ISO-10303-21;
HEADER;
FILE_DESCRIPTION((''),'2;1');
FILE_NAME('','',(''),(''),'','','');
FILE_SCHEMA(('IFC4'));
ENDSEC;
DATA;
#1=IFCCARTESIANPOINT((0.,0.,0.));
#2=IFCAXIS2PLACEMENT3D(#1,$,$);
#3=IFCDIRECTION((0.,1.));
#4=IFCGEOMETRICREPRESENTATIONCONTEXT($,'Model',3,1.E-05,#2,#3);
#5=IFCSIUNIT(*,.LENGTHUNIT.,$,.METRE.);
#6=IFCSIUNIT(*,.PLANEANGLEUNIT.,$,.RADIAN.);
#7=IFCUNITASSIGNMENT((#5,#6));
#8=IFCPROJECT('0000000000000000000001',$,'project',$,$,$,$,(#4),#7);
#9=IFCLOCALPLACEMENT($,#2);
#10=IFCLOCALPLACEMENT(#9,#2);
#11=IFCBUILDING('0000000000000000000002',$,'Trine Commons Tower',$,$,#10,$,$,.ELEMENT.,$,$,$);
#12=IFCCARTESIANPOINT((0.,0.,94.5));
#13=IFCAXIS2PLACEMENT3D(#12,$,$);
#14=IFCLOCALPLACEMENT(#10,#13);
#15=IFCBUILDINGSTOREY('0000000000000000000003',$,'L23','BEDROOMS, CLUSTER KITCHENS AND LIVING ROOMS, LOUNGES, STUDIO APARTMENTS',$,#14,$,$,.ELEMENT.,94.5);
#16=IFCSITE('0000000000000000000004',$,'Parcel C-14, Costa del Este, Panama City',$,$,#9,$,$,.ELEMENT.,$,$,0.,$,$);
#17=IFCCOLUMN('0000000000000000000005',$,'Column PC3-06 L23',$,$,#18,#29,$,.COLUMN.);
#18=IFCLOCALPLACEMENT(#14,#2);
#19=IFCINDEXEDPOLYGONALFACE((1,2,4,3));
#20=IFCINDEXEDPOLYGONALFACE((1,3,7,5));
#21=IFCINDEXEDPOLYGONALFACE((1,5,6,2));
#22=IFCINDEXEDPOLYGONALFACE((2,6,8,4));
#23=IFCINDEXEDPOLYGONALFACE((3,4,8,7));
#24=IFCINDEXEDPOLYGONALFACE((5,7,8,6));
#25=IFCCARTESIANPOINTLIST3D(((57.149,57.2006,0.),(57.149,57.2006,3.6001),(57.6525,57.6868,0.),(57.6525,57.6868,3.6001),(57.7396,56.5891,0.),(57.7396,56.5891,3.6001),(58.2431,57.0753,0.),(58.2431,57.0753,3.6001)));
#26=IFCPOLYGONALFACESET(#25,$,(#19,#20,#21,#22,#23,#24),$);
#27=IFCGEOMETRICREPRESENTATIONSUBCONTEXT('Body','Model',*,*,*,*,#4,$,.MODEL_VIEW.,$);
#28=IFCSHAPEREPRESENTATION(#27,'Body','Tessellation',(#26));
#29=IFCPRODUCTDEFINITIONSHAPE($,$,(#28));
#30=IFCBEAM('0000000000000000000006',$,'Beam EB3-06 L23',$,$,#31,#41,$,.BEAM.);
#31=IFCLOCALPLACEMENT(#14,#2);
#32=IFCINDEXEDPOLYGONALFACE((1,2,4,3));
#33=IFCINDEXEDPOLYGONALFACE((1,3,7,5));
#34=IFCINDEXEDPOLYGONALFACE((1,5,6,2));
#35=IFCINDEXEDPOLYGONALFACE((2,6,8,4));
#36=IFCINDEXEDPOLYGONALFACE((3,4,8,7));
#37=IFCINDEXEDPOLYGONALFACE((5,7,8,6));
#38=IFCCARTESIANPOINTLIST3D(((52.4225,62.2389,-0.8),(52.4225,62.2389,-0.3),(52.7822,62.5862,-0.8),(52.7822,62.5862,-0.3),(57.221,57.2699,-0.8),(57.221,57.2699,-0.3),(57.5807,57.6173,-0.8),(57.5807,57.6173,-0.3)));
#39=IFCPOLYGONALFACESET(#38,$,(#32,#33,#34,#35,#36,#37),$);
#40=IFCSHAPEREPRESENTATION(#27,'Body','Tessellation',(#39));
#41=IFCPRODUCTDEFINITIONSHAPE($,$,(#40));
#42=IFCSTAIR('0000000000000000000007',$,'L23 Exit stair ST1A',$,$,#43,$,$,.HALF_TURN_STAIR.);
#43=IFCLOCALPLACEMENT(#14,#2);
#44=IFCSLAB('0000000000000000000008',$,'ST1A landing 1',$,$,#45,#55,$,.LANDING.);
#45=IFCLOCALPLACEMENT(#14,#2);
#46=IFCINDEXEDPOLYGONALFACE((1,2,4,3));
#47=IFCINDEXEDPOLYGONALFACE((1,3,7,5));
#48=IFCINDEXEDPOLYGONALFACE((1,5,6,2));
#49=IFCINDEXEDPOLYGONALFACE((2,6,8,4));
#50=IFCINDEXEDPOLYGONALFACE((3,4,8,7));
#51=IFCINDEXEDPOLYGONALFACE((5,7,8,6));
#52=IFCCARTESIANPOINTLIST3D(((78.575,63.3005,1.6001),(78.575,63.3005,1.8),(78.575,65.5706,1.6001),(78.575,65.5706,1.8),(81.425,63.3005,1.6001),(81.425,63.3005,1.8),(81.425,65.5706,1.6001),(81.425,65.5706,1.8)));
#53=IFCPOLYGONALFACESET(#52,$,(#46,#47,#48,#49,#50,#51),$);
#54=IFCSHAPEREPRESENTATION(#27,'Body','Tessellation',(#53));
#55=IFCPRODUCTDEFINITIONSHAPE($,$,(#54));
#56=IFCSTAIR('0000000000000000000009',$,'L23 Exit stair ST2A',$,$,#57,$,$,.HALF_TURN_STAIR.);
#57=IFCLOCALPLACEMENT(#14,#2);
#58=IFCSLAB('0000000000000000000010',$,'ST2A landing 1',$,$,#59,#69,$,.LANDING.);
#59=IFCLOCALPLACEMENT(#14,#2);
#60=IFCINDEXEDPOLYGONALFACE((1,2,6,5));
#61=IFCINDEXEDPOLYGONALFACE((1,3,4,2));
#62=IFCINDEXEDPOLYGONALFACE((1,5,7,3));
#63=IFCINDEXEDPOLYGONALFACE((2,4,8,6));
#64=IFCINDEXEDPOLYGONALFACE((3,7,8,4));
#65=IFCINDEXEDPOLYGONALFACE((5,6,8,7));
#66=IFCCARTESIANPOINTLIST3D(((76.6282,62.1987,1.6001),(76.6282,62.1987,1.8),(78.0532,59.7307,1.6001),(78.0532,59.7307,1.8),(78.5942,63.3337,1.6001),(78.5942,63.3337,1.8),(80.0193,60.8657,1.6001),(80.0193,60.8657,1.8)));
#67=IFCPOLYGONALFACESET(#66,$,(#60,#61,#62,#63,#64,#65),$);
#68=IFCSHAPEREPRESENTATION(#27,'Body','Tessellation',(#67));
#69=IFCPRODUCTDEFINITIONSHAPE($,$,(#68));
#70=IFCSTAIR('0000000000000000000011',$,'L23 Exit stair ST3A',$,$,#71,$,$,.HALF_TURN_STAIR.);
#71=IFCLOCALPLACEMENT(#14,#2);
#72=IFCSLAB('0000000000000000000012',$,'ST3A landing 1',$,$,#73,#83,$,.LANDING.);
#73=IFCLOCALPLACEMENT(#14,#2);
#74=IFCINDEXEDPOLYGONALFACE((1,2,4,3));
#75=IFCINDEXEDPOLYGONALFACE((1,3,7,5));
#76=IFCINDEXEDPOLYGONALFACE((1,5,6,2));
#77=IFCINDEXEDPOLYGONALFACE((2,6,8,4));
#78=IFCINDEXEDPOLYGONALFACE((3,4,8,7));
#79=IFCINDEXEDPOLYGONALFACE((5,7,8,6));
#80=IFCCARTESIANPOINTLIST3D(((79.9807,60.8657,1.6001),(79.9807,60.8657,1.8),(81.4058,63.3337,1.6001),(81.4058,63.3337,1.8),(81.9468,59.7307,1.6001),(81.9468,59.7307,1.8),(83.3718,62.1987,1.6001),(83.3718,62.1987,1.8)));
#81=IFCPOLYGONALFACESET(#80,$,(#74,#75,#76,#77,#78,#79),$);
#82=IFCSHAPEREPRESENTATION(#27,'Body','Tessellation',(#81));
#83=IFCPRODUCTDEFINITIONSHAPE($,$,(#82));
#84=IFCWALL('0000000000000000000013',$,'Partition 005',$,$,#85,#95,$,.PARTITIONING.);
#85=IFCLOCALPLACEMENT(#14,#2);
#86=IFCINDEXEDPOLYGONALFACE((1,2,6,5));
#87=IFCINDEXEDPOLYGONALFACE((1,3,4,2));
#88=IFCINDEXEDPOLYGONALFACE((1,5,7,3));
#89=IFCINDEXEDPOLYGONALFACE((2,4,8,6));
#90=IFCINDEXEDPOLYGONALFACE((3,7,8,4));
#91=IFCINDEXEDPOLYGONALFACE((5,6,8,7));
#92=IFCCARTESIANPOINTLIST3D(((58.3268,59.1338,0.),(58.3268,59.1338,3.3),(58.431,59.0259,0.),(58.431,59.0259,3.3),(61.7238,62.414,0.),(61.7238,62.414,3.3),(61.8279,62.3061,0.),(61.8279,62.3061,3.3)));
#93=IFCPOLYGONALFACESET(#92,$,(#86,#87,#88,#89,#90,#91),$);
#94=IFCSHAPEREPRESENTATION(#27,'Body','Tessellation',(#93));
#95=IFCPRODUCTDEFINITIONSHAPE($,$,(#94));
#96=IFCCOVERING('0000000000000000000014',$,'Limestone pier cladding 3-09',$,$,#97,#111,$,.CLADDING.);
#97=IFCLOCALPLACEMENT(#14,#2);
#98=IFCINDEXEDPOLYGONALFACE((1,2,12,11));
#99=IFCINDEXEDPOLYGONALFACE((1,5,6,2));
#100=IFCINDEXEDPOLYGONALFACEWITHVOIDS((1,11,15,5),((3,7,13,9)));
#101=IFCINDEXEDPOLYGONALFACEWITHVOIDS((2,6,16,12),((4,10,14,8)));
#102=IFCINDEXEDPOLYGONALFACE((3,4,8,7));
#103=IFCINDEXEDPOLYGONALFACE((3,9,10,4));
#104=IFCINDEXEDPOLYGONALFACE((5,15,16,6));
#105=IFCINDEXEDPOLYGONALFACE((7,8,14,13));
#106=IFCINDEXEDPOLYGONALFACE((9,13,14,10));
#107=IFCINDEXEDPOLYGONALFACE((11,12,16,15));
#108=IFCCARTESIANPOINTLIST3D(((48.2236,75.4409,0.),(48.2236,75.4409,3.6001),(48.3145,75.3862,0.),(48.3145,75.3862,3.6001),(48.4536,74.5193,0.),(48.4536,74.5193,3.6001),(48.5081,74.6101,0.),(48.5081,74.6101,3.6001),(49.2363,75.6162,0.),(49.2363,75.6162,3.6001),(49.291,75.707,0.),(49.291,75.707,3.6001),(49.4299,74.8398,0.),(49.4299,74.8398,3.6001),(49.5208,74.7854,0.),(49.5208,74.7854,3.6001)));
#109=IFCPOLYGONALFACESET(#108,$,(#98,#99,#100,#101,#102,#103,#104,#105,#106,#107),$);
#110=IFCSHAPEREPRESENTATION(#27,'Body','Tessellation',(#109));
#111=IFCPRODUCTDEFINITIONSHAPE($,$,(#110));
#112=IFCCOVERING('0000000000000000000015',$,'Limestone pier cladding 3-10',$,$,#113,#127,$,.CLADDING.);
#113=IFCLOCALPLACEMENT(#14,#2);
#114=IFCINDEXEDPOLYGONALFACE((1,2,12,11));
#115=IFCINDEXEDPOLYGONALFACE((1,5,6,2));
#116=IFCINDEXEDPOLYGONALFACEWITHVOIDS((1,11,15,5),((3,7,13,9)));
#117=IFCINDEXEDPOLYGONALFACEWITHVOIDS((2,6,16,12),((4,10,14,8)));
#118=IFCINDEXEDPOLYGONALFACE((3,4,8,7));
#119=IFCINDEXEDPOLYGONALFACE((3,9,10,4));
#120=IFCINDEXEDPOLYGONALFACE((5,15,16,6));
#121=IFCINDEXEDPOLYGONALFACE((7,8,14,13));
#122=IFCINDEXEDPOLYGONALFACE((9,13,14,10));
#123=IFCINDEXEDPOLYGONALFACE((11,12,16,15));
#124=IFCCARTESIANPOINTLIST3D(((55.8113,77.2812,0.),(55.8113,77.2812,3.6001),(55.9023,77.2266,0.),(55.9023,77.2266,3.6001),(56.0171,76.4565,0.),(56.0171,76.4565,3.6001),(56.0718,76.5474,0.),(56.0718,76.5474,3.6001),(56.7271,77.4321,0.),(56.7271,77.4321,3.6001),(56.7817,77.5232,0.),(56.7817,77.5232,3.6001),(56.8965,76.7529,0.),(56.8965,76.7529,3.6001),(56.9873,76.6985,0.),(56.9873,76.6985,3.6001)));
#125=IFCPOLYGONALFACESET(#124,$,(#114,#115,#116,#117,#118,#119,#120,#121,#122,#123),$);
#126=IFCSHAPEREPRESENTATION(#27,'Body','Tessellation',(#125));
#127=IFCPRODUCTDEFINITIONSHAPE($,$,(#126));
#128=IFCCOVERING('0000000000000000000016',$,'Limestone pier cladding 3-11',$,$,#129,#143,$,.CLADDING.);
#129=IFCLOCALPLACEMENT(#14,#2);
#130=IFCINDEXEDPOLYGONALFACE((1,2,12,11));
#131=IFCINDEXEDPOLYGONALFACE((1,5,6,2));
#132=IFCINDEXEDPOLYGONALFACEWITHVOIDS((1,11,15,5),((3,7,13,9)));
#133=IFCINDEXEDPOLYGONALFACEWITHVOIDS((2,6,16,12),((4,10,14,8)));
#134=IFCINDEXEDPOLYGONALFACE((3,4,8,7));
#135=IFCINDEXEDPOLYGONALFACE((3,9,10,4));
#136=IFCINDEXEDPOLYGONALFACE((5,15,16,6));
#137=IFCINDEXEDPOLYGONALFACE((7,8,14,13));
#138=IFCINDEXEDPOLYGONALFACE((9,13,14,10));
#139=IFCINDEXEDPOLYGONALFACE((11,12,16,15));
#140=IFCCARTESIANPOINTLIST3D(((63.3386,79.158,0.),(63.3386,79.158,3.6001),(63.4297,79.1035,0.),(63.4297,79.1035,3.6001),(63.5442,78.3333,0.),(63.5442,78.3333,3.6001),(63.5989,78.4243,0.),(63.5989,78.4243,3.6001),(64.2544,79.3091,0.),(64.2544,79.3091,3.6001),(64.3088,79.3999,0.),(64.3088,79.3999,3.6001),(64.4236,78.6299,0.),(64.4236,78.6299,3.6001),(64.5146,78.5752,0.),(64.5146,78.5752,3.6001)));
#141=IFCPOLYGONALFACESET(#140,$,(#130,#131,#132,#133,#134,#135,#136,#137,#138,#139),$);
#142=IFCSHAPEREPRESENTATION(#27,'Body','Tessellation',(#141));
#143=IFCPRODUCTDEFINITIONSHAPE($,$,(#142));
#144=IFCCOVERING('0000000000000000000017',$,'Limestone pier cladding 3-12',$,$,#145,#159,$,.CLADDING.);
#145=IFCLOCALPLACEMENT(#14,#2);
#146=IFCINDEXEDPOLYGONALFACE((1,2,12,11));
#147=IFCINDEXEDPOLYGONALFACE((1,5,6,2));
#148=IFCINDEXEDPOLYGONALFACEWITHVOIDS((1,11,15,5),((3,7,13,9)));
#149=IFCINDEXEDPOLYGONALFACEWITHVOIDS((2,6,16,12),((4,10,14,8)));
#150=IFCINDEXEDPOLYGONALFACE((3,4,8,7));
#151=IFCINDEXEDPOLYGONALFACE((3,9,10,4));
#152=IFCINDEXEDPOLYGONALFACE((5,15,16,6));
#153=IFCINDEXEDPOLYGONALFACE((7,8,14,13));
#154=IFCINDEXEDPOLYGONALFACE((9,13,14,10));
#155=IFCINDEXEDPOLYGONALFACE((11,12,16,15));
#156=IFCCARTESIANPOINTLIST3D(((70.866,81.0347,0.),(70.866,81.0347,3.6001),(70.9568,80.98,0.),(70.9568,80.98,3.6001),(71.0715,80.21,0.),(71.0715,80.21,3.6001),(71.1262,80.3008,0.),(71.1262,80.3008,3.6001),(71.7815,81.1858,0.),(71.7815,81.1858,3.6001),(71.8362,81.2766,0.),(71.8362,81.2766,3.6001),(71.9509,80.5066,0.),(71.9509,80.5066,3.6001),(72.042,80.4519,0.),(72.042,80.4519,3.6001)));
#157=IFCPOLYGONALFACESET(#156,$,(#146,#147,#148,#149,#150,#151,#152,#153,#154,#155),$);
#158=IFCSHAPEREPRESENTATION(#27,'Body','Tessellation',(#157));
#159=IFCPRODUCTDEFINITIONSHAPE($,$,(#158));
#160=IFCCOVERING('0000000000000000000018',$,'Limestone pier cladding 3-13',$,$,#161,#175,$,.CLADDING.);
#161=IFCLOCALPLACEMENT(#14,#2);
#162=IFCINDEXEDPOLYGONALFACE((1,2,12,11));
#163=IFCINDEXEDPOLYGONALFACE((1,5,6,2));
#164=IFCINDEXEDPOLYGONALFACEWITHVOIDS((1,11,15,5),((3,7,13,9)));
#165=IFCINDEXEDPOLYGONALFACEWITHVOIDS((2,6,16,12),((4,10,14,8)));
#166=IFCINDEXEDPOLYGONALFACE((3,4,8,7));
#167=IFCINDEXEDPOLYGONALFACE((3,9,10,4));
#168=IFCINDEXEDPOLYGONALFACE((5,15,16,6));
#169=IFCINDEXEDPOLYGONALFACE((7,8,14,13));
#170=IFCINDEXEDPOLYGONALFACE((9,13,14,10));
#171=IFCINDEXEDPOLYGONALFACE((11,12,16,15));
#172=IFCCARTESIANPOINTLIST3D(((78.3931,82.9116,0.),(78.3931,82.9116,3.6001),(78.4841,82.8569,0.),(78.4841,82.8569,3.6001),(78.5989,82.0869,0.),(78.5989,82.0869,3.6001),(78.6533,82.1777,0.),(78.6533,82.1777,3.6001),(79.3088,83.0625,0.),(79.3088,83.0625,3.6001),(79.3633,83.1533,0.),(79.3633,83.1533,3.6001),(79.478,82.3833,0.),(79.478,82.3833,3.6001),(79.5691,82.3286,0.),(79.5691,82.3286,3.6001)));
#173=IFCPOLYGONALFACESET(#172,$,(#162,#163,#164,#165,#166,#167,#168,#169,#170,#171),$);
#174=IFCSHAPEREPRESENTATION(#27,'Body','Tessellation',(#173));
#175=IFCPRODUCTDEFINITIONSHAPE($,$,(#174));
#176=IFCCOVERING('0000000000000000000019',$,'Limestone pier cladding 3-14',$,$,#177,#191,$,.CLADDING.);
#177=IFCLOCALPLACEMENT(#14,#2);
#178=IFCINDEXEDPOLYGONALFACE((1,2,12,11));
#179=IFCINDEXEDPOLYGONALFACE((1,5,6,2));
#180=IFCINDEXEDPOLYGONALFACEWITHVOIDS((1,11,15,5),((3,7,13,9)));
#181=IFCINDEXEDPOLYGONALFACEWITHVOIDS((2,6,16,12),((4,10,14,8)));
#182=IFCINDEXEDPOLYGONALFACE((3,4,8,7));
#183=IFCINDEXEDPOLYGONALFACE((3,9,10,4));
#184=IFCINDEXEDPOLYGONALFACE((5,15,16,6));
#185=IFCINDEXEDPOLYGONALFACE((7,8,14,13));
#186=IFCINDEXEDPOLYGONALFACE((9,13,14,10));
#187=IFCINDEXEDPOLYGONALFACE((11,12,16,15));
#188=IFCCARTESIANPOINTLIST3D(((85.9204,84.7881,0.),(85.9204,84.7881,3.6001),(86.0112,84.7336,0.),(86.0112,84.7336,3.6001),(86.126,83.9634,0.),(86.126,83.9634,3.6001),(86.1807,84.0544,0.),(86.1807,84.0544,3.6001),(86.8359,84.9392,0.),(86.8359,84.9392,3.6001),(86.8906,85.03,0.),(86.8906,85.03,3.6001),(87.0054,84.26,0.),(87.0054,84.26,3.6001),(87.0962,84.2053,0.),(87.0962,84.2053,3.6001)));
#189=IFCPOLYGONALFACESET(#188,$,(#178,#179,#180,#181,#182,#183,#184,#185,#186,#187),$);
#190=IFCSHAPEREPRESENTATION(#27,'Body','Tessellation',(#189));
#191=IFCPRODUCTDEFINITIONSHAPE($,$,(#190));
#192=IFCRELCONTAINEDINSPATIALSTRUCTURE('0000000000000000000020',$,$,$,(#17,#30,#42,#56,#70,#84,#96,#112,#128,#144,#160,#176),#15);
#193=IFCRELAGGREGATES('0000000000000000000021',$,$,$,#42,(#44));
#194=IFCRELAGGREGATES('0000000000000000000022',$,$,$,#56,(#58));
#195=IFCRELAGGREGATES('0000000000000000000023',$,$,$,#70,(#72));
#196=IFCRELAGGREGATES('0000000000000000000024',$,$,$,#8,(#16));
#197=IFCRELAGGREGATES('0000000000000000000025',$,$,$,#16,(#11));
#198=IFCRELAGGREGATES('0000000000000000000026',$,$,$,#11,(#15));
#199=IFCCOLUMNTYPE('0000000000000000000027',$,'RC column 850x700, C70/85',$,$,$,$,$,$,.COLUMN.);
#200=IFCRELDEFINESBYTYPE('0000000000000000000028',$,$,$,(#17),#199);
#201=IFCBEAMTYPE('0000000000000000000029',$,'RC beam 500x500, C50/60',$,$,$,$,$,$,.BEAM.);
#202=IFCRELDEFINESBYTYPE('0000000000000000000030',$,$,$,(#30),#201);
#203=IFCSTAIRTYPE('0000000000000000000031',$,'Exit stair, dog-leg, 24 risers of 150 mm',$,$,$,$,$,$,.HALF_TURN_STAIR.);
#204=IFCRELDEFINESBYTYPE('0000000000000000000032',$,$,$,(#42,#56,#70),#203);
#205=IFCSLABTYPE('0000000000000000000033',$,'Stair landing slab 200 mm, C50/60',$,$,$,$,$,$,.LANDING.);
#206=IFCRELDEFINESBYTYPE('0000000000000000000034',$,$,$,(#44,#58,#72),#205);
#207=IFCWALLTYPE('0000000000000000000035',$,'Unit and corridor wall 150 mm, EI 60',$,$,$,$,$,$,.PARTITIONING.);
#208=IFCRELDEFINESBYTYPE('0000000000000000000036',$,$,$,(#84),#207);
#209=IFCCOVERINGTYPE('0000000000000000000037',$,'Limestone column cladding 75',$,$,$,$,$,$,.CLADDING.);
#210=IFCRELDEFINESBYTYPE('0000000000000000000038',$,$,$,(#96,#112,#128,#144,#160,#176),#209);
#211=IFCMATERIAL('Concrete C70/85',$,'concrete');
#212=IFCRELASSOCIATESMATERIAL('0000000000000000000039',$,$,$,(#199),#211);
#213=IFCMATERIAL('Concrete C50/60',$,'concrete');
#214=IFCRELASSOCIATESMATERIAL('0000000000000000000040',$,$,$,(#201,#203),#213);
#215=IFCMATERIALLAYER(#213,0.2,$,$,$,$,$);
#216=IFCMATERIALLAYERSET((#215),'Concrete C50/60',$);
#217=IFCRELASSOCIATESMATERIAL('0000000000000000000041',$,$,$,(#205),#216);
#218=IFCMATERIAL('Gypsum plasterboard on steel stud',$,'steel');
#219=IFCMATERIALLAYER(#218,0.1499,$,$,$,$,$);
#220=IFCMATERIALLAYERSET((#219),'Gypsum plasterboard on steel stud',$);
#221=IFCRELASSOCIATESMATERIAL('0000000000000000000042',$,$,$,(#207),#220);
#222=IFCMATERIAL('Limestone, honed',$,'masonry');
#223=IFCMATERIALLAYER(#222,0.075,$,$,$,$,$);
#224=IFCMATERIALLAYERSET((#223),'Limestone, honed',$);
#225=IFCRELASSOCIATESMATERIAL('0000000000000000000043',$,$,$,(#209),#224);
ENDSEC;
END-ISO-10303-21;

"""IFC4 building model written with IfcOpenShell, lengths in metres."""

from ifc_helpers import new_model, si_unit, direction, frame, frame_2d, origin, origin_2d, place, context, subcontext, project, spatial, polyline, rectangle, outline, extrude, material, layer, layer_set, material_profile, profile_set, type_object, element, aggregate, save


model = new_model("IFC4")

# Units and contexts
model_context = context("Model", 3, precision=1e-05, world=origin(), true_north=direction((0.0, 1.0)))
body_context = subcontext(model_context, "Body", "Model", "MODEL_VIEW")
ifc_project = project(units=[si_unit("LENGTHUNIT", "METRE"), si_unit("PLANEANGLEUNIT", "RADIAN")], contexts=[model_context])

# Site, building, storey
site_placement = place(None, origin())
site = spatial("IfcSite", under=ifc_project, at=site_placement, Name="Parcel C-14, Costa del Este, Panama City", CompositionType="ELEMENT", RefElevation=0.0)
building_placement = place(site_placement, origin())
building = spatial("IfcBuilding", under=site, at=building_placement, Name="Trine Commons Tower", CompositionType="ELEMENT")
storey_placement = place(building_placement, frame((0.0, 0.0, 94.5)))
storey = spatial("IfcBuildingStorey", under=building, at=storey_placement, Name="L23", Description="BEDROOMS, CLUSTER KITCHENS AND LIVING ROOMS, LOUNGES, STUDIO APARTMENTS", CompositionType="ELEMENT", Elevation=94.5)

# Column
ifc_material_1 = material(Name="Concrete C70/85", Category="concrete")
ifc_material_profile_1 = material_profile(ifc_material_1, rectangle(XDim=0.8501, YDim=0.7, at=origin_2d()), Name="RC 850x700")
ifc_profile_set_1 = profile_set([ifc_material_profile_1], Name="Concrete C70/85")
column_type = type_object("IfcColumnType", Name="RC column 850x700, C70/85", PredefinedType="COLUMN", material=ifc_profile_set_1)
column_placement = place(storey_placement, frame((57.696, 57.1379, 0.0), z_axis=(0.0, 0.0, 1.0), x_axis=(-0.694658, 0.71934, 0.0)))
element("IfcColumn", 1, at=column_placement, inside=storey, type_object=column_type, Name="Column PC3-06 L23", PredefinedType="COLUMN", context=body_context, shape_type="SweptSolid", body=[
    extrude(rectangle(XDim=0.8501, YDim=0.7, at=origin_2d()), origin(), (0.0, 0.0, 1.0), 3.6001),
])

# Beam
ifc_material_2 = material(Name="Concrete C50/60", Category="concrete")
ifc_material_profile_2 = material_profile(ifc_material_2, rectangle(XDim=0.5, YDim=0.5, at=origin_2d()), Name="RC 500x500")
ifc_profile_set_2 = profile_set([ifc_material_profile_2], Name="Concrete C50/60")
beam_type = type_object("IfcBeamType", Name="RC beam 500x500, C50/60", PredefinedType="BEAM", material=ifc_profile_set_2)
beam_placement = place(storey_placement, frame((57.4009, 57.4436, -0.55), z_axis=(-0.694665, 0.719334, 0.0), x_axis=(-0.719334, -0.694665, 0.0)))
element("IfcBeam", 2, at=beam_placement, inside=storey, type_object=beam_type, Name="Beam EB3-06 L23", PredefinedType="BEAM", context=body_context, shape_type="SweptSolid", body=[
    extrude(rectangle(XDim=0.5, YDim=0.5, at=origin_2d()), origin(), (0.0, 0.0, 1.0), 6.9077),
])

# Stairs, slabs
stair_type = type_object("IfcStairType", Name="Exit stair, dog-leg, 24 risers of 150 mm", PredefinedType="HALF_TURN_STAIR", material=ifc_material_2)
stair_1_placement = place(storey_placement, origin())
stair_1 = element("IfcStair", 3, at=stair_1_placement, inside=storey, type_object=stair_type, Name="L23 Exit stair ST1A", PredefinedType="HALF_TURN_STAIR")
ifc_layer_1 = layer(ifc_material_2, 0.2)
ifc_layer_set_1 = layer_set([ifc_layer_1], Name="Concrete C50/60")
slab_type = type_object("IfcSlabType", Name="Stair landing slab 200 mm, C50/60", PredefinedType="LANDING", material=ifc_layer_set_1)
slab_1_placement = place(storey_placement, frame((0.0, 0.0, 1.6001)))
slab_1 = element("IfcSlab", 4, at=slab_1_placement, type_object=slab_type, Name="ST1A landing 1", PredefinedType="LANDING", context=body_context, shape_type="SweptSolid", body=[
    extrude(outline(polyline([(78.575, 65.5706), (78.575, 63.3005), (81.425, 63.3005), (81.425, 65.5706), (78.575, 65.5706)])), origin(), (0.0, 0.0, 1.0), 0.2),
])
aggregate(stair_1, [slab_1])
stair_2_placement = place(storey_placement, origin())
stair_2 = element("IfcStair", 5, at=stair_2_placement, inside=storey, type_object=stair_type, Name="L23 Exit stair ST2A", PredefinedType="HALF_TURN_STAIR")
slab_2_placement = place(storey_placement, frame((0.0, 0.0, 1.6001)))
slab_2 = element("IfcSlab", 6, at=slab_2_placement, type_object=slab_type, Name="ST2A landing 1", PredefinedType="LANDING", context=body_context, shape_type="SweptSolid", body=[
    extrude(outline(polyline([(78.0532, 59.7307), (80.0193, 60.8657), (78.5942, 63.3337), (76.6282, 62.1987), (78.0532, 59.7307)])), origin(), (0.0, 0.0, 1.0), 0.2),
])
aggregate(stair_2, [slab_2])
stair_3_placement = place(storey_placement, origin())
stair_3 = element("IfcStair", 7, at=stair_3_placement, inside=storey, type_object=stair_type, Name="L23 Exit stair ST3A", PredefinedType="HALF_TURN_STAIR")
slab_3_placement = place(storey_placement, frame((0.0, 0.0, 1.6001)))
slab_3 = element("IfcSlab", 8, at=slab_3_placement, type_object=slab_type, Name="ST3A landing 1", PredefinedType="LANDING", context=body_context, shape_type="SweptSolid", body=[
    extrude(outline(polyline([(83.3718, 62.1987), (81.4058, 63.3337), (79.9807, 60.8657), (81.9468, 59.7307), (83.3718, 62.1987)])), origin(), (0.0, 0.0, 1.0), 0.2),
])
aggregate(stair_3, [slab_3])

# Wall
ifc_material_3 = material(Name="Gypsum plasterboard on steel stud", Category="steel")
ifc_layer_2 = layer(ifc_material_3, 0.1499)
ifc_layer_set_2 = layer_set([ifc_layer_2], Name="Gypsum plasterboard on steel stud")
wall_type = type_object("IfcWallType", Name="Unit and corridor wall 150 mm, EI 60", PredefinedType="PARTITIONING", material=ifc_layer_set_2)
wall_placement = place(storey_placement, frame((58.3789, 59.0798, 0.0), z_axis=(0.0, 0.0, 1.0), x_axis=(0.719355, 0.694642, 0.0)))
element("IfcWall", 9, at=wall_placement, inside=storey, type_object=wall_type, Name="Partition 005", PredefinedType="PARTITIONING", context=body_context, shape_type="SweptSolid", body=[
    extrude(rectangle(XDim=4.7222, YDim=0.1499, at=frame_2d((2.3611, 0.0))), origin(), (0.0, 0.0, 1.0), 3.3),
])

# Coverings
ifc_material_4 = material(Name="Limestone, honed", Category="masonry")
ifc_layer_3 = layer(ifc_material_4, 0.075)
ifc_layer_set_3 = layer_set([ifc_layer_3], Name="Limestone, honed")
covering_type_1 = type_object("IfcCoveringType", Name="Limestone column cladding 75", PredefinedType="CLADDING", material=ifc_layer_set_3)
covering_1_placement = place(storey_placement, origin())
element("IfcCovering", 10, at=covering_1_placement, inside=storey, type_object=covering_type_1, Name="Limestone pier cladding 3-09", PredefinedType="CLADDING", context=body_context, shape_type="SweptSolid", body=[
    extrude(outline(polyline([(49.5208, 74.7854), (49.291, 75.707), (48.2236, 75.4409), (48.4536, 74.5193), (49.5208, 74.7854)]), holes=[polyline([(49.4299, 74.8398), (49.2363, 75.6162), (48.3145, 75.3862), (48.5081, 74.6101), (49.4299, 74.8398)])]), origin(), (0.0, 0.0, 1.0), 3.6001),
])
covering_2_placement = place(storey_placement, origin())
element("IfcCovering", 11, at=covering_2_placement, inside=storey, type_object=covering_type_1, Name="Limestone pier cladding 3-10", PredefinedType="CLADDING", context=body_context, shape_type="SweptSolid", body=[
    extrude(outline(polyline([(56.9873, 76.6985), (56.7817, 77.5232), (55.8113, 77.2812), (56.0171, 76.4565), (56.9873, 76.6985)]), holes=[polyline([(56.8965, 76.7529), (56.7271, 77.4321), (55.9023, 77.2266), (56.0718, 76.5474), (56.8965, 76.7529)])]), origin(), (0.0, 0.0, 1.0), 3.6001),
])
covering_3_placement = place(storey_placement, origin())
element("IfcCovering", 12, at=covering_3_placement, inside=storey, type_object=covering_type_1, Name="Limestone pier cladding 3-11", PredefinedType="CLADDING", context=body_context, shape_type="SweptSolid", body=[
    extrude(outline(polyline([(64.5146, 78.5752), (64.3088, 79.3999), (63.3386, 79.158), (63.5442, 78.3333), (64.5146, 78.5752)]), holes=[polyline([(64.4236, 78.6299), (64.2544, 79.3091), (63.4297, 79.1035), (63.5989, 78.4243), (64.4236, 78.6299)])]), origin(), (0.0, 0.0, 1.0), 3.6001),
])
covering_4_placement = place(storey_placement, origin())
element("IfcCovering", 13, at=covering_4_placement, inside=storey, type_object=covering_type_1, Name="Limestone pier cladding 3-12", PredefinedType="CLADDING", context=body_context, shape_type="SweptSolid", body=[
    extrude(outline(polyline([(72.042, 80.4519), (71.8362, 81.2766), (70.866, 81.0347), (71.0715, 80.21), (72.042, 80.4519)]), holes=[polyline([(71.9509, 80.5066), (71.7815, 81.1858), (70.9568, 80.98), (71.1262, 80.3008), (71.9509, 80.5066)])]), origin(), (0.0, 0.0, 1.0), 3.6001),
])
covering_5_placement = place(storey_placement, origin())
element("IfcCovering", 14, at=covering_5_placement, inside=storey, type_object=covering_type_1, Name="Limestone pier cladding 3-13", PredefinedType="CLADDING", context=body_context, shape_type="SweptSolid", body=[
    extrude(outline(polyline([(79.5691, 82.3286), (79.3633, 83.1533), (78.3931, 82.9116), (78.5989, 82.0869), (79.5691, 82.3286)]), holes=[polyline([(79.478, 82.3833), (79.3088, 83.0625), (78.4841, 82.8569), (78.6533, 82.1777), (79.478, 82.3833)])]), origin(), (0.0, 0.0, 1.0), 3.6001),
])
covering_6_placement = place(storey_placement, origin())
element("IfcCovering", 15, at=covering_6_placement, inside=storey, type_object=covering_type_1, Name="Limestone pier cladding 3-14", PredefinedType="CLADDING", context=body_context, shape_type="SweptSolid", body=[
    extrude(outline(polyline([(87.0962, 84.2053), (86.8906, 85.03), (85.9204, 84.7881), (86.126, 83.9634), (87.0962, 84.2053)]), holes=[polyline([(87.0054, 84.26), (86.8359, 84.9392), (86.0112, 84.7336), (86.1807, 84.0544), (87.0054, 84.26)])]), origin(), (0.0, 0.0, 1.0), 3.6001),
])

save(model, "model.ifc")
